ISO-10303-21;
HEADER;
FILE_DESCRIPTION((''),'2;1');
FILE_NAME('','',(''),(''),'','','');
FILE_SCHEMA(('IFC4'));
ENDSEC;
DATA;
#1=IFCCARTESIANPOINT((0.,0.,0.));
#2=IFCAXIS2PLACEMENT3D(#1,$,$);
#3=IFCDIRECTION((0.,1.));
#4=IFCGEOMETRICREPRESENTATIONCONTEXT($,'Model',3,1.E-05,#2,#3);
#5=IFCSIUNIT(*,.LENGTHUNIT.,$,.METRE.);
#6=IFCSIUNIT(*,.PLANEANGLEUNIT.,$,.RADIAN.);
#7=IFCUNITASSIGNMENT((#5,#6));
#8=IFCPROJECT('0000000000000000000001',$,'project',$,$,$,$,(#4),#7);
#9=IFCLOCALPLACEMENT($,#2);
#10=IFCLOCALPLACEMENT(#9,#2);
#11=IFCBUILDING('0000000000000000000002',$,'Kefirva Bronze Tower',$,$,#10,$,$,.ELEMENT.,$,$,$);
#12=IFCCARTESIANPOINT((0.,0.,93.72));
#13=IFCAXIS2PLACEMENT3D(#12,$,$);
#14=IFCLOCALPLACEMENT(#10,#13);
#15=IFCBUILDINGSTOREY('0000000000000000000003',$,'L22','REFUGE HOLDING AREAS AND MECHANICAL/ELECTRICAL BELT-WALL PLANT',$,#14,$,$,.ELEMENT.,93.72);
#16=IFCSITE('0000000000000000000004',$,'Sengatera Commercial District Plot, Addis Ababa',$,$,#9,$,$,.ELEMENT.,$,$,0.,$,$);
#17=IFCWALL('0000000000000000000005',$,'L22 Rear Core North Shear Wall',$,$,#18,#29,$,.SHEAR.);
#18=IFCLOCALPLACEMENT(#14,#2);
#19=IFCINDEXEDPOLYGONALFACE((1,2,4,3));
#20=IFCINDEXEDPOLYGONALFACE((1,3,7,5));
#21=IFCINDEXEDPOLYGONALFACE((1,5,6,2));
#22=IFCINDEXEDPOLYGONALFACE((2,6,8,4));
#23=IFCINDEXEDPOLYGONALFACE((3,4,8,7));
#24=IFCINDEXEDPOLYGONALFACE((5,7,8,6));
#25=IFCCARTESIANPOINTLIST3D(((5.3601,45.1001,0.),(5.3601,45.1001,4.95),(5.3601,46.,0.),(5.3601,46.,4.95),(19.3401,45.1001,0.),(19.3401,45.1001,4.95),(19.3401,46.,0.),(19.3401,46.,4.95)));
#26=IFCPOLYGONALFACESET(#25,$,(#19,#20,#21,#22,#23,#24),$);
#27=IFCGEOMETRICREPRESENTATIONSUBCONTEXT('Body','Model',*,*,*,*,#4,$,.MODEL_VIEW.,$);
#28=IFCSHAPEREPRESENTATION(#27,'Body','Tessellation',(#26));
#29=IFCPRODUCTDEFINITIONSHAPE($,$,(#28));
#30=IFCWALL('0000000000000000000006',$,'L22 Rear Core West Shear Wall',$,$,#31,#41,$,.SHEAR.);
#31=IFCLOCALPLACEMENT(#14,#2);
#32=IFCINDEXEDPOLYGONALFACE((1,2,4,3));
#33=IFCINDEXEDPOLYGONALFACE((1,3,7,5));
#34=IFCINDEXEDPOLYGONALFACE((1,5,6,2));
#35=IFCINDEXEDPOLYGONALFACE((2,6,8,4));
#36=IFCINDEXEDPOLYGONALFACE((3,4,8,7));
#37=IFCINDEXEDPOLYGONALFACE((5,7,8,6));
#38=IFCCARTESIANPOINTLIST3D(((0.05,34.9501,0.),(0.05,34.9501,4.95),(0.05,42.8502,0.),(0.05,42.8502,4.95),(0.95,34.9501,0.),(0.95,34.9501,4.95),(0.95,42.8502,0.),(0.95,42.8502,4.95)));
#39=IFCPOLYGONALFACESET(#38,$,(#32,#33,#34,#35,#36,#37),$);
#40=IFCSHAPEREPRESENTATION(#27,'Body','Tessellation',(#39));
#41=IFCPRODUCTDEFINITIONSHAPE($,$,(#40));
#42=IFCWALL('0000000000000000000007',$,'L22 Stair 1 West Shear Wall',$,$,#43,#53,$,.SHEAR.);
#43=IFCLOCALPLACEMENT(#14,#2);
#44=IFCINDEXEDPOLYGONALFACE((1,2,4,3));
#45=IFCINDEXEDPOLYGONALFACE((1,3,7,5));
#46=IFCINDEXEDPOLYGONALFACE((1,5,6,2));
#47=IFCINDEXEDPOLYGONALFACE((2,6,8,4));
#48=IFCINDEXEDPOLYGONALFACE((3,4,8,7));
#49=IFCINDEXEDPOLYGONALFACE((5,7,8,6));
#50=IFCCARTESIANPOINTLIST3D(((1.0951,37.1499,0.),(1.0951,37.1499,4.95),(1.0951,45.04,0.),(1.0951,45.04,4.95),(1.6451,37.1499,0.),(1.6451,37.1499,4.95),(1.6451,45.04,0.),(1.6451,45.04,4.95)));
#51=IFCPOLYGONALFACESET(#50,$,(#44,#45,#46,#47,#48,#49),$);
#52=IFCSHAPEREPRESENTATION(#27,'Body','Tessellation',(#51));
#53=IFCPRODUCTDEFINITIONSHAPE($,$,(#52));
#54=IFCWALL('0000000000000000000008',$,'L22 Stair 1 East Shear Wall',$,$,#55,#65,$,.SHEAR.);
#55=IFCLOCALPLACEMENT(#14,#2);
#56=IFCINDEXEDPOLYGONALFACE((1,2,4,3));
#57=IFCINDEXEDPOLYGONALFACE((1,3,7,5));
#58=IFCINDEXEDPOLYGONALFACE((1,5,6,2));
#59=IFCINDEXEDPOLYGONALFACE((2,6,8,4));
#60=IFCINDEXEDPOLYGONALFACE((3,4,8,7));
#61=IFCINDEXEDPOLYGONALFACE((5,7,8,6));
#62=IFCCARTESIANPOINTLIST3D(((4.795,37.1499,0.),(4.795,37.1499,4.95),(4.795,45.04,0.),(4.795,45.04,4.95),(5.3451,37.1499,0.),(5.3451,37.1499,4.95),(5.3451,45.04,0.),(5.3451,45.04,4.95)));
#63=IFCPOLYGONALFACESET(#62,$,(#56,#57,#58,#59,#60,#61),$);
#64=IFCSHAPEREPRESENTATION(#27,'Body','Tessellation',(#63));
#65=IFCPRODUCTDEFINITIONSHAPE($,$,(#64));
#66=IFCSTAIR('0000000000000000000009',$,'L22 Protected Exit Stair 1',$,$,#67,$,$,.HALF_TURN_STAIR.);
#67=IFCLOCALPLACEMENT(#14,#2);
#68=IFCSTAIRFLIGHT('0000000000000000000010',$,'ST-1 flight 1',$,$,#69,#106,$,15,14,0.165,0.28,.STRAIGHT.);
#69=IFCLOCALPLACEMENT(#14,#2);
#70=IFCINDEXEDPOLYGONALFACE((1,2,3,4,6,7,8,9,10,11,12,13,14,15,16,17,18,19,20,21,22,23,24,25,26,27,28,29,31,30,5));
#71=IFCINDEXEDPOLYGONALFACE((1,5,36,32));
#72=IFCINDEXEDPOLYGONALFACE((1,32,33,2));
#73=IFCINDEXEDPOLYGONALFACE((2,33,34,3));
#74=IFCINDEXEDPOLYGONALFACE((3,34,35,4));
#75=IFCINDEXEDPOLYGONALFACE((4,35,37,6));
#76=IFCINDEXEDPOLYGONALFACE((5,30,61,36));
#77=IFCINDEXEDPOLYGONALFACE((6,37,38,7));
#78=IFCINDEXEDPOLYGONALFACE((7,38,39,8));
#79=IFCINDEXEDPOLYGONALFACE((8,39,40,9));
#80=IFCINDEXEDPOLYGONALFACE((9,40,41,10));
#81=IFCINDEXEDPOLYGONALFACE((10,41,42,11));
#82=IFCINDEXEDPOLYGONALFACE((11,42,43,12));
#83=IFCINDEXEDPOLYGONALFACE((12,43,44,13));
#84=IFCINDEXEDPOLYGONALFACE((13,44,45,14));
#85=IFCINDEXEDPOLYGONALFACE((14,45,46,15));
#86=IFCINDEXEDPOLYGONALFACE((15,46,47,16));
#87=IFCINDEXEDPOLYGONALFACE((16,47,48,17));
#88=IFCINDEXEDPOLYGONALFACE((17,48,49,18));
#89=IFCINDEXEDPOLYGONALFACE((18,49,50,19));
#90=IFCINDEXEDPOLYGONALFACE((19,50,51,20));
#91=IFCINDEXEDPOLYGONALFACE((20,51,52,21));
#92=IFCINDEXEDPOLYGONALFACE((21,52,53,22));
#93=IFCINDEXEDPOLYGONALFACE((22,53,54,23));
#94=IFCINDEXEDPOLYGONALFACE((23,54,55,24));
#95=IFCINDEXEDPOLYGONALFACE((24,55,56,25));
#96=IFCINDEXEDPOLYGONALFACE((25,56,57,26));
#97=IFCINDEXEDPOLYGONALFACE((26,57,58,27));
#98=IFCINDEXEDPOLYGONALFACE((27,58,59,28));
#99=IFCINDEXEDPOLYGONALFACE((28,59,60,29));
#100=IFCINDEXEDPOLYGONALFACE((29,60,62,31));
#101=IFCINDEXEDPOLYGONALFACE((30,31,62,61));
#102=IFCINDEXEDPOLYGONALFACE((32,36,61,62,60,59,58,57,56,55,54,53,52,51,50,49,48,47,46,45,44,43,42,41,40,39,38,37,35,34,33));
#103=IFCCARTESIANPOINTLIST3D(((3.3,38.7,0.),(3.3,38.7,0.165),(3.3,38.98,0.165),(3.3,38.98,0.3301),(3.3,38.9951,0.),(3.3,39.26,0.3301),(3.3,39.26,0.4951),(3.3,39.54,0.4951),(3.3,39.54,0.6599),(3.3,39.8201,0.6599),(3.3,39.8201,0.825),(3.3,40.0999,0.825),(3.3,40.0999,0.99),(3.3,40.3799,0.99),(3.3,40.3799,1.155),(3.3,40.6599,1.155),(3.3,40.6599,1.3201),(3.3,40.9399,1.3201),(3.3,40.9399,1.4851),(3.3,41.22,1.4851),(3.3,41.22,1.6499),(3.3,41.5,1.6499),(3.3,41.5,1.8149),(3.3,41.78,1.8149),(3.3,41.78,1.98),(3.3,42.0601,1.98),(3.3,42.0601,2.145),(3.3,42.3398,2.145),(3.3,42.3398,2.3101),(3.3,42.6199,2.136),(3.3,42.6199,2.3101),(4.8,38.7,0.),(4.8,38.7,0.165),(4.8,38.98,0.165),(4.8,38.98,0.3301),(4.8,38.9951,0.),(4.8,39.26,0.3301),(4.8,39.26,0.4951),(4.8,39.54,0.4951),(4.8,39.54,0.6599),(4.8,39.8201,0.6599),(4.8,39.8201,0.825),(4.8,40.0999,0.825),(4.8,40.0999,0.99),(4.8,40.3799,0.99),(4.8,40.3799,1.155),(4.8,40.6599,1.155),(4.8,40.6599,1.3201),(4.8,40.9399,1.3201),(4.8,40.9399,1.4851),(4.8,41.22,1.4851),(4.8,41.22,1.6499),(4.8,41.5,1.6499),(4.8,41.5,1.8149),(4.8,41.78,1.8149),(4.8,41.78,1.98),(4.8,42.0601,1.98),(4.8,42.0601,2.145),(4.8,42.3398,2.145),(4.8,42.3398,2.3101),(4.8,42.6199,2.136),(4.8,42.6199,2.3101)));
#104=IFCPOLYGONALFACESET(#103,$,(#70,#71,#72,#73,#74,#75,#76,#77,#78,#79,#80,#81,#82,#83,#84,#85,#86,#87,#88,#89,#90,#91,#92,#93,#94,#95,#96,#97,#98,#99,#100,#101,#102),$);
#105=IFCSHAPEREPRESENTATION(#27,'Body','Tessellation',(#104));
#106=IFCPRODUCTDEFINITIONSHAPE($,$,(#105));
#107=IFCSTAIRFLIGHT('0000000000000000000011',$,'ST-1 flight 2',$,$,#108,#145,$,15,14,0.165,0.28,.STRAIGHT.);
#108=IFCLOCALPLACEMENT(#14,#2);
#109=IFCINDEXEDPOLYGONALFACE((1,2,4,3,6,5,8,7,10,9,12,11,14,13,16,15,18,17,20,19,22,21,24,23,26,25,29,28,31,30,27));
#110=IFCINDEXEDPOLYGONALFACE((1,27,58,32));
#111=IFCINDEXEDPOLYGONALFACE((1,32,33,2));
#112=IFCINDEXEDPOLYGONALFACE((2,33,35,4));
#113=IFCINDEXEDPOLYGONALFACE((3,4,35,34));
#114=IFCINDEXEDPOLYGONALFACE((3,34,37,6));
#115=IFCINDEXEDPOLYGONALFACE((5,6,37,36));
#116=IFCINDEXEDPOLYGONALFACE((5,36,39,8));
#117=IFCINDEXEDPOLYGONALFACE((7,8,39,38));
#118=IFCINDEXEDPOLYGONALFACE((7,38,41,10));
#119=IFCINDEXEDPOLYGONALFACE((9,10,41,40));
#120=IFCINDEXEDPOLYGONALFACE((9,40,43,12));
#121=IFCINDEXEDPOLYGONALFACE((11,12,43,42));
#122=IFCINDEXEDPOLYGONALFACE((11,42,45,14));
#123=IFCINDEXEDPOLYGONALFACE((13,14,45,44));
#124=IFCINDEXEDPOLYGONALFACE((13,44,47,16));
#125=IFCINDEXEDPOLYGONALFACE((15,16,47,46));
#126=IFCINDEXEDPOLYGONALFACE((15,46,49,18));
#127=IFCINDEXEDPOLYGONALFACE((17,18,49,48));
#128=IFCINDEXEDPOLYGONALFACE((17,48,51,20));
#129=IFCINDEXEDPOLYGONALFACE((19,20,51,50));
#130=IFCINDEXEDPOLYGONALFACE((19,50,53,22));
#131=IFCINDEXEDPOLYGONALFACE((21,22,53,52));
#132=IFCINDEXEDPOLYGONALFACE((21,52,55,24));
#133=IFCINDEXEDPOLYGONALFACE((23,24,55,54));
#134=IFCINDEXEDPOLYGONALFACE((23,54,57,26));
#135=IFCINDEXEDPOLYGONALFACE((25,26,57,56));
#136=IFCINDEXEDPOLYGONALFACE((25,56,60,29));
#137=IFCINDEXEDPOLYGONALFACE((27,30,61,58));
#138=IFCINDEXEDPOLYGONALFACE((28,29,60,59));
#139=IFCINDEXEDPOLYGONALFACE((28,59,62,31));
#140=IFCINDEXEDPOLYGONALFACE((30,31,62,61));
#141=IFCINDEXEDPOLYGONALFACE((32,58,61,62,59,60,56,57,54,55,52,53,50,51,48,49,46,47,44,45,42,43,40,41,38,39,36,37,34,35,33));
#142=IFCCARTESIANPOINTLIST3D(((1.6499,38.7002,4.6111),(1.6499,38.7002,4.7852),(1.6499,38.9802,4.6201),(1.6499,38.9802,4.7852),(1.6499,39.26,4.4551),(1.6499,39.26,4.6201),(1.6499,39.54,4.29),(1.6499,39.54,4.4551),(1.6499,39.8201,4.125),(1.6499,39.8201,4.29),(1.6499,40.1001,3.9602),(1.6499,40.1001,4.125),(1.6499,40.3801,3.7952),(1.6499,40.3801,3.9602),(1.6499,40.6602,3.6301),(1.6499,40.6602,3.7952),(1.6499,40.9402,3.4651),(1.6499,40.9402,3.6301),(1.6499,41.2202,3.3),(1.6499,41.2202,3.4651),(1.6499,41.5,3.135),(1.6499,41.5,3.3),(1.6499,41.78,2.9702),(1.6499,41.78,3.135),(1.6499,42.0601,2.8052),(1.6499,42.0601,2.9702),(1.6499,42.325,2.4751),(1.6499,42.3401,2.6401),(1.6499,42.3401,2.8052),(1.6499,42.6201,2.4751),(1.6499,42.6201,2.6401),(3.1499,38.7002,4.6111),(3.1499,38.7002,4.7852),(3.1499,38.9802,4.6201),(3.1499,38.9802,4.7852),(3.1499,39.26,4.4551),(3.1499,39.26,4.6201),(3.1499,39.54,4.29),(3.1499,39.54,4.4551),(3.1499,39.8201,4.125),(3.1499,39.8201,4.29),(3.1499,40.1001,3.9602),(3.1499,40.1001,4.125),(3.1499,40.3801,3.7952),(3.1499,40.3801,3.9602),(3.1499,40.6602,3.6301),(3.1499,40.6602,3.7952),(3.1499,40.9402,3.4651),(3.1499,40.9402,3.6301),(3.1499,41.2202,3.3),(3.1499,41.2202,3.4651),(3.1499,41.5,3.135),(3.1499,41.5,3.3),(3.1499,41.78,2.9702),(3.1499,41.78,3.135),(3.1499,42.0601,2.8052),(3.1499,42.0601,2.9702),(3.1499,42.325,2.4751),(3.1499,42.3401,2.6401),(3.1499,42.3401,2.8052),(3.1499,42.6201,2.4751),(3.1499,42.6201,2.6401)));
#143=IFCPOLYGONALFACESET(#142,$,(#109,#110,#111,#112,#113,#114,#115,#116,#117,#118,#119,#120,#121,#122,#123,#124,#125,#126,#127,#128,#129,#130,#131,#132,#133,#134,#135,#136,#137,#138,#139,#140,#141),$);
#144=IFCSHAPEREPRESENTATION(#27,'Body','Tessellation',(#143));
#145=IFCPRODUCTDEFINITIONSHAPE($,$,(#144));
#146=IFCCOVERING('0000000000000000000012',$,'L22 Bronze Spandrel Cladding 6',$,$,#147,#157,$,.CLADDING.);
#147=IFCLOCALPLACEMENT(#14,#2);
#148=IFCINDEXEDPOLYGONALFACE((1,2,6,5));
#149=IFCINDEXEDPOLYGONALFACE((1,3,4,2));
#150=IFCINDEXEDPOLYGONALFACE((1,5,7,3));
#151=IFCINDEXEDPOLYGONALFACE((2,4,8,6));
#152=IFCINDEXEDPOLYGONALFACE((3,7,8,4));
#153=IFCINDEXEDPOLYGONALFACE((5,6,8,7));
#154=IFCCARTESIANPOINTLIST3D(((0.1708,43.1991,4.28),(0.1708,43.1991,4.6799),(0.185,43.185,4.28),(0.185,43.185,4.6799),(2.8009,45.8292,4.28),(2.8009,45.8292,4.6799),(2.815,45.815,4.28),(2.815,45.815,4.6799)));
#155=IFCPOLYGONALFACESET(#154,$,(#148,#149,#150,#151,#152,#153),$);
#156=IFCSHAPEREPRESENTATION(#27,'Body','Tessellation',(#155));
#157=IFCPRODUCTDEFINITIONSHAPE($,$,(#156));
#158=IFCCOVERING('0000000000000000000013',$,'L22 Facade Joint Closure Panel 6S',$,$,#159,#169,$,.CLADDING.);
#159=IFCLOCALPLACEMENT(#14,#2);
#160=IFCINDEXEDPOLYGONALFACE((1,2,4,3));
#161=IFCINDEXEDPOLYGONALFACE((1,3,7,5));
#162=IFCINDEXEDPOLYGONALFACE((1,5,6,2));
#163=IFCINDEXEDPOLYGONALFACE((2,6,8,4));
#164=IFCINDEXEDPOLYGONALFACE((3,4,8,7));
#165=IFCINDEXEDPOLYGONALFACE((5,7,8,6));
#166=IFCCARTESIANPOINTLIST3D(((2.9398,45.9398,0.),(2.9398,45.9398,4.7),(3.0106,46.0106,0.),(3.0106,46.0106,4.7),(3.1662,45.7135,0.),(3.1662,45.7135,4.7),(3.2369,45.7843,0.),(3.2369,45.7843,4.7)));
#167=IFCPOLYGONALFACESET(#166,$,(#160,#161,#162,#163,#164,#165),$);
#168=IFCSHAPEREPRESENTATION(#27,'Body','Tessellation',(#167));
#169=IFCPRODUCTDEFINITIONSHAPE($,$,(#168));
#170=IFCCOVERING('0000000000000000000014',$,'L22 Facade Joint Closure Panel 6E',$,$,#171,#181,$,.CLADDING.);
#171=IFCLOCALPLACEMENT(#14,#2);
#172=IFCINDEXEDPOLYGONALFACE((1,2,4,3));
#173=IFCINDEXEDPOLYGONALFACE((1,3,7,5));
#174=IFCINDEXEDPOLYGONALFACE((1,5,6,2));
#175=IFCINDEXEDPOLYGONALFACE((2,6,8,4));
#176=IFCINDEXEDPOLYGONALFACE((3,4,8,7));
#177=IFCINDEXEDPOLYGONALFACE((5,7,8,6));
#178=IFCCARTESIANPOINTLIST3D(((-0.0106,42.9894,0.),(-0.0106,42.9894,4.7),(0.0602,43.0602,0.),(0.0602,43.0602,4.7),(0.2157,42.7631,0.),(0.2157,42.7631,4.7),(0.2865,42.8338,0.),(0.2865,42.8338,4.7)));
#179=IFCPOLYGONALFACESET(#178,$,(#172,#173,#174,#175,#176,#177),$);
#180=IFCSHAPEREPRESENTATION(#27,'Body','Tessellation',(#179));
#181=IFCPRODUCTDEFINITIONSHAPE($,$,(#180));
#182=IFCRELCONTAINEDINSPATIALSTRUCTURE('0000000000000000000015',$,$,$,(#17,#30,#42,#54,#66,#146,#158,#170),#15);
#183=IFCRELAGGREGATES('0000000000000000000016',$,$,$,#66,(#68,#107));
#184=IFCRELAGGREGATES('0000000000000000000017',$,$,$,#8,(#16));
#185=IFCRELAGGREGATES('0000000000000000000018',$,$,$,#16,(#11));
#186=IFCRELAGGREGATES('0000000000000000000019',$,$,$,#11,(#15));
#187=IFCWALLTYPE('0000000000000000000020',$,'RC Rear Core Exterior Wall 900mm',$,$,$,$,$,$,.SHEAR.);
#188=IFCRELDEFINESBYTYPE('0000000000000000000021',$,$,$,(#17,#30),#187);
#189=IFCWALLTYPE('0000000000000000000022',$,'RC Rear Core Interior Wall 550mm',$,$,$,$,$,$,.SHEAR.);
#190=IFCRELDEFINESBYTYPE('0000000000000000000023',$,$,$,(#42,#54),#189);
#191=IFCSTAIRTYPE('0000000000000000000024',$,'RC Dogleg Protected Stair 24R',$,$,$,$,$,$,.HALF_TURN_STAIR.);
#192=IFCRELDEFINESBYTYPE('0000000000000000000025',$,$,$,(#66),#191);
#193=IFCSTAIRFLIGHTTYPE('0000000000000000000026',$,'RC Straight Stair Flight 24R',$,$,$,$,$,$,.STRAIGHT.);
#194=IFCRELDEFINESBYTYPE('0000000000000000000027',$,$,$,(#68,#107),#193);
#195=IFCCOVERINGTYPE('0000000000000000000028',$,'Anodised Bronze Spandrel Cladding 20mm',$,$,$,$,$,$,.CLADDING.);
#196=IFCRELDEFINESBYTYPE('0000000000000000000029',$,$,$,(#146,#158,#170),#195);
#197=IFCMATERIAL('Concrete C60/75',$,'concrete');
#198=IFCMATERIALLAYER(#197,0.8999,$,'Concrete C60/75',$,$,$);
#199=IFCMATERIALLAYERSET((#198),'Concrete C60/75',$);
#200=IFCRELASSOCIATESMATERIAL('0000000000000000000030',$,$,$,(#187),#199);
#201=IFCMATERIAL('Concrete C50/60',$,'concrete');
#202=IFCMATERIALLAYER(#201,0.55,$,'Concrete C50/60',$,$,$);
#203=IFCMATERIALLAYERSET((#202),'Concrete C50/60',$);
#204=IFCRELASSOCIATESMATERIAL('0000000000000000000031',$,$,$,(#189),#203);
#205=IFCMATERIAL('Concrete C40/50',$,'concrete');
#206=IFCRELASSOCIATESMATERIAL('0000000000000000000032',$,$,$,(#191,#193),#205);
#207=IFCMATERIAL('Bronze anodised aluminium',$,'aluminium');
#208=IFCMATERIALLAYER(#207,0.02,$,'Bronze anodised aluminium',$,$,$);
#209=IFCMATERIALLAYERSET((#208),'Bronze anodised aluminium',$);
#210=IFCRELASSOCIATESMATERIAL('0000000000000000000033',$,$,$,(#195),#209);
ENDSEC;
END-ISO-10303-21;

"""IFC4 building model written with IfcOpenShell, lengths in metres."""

from ifc_helpers import new_model, si_unit, direction, frame, frame_2d, origin, origin_2d, place, context, subcontext, project, spatial, polyline, rectangle, outline, extrude, material, layer, layer_set, type_object, element, aggregate, save


model = new_model("IFC4")

# Units and contexts
model_context = context("Model", 3, precision=1e-05, world=origin(), true_north=direction((0.0, 1.0)))
body_context = subcontext(model_context, "Body", "Model", "MODEL_VIEW")
ifc_project = project(units=[si_unit("LENGTHUNIT", "METRE"), si_unit("PLANEANGLEUNIT", "RADIAN")], contexts=[model_context])

# Site, building, storey
site_placement = place(None, origin())
site = spatial("IfcSite", under=ifc_project, at=site_placement, Name="Sengatera Commercial District Plot, Addis Ababa", CompositionType="ELEMENT", RefElevation=0.0)
building_placement = place(site_placement, origin())
building = spatial("IfcBuilding", under=site, at=building_placement, Name="Kefirva Bronze Tower", CompositionType="ELEMENT")
storey_placement = place(building_placement, frame((0.0, 0.0, 93.72)))
storey = spatial("IfcBuildingStorey", under=building, at=storey_placement, Name="L22", Description="REFUGE HOLDING AREAS AND MECHANICAL/ELECTRICAL BELT-WALL PLANT", CompositionType="ELEMENT", Elevation=93.72)

# Shared definitions
ifc_material_1 = material(Name="Bronze anodised aluminium", Category="aluminium")

# Shared definitions
ifc_material_2 = material(Name="Concrete C50/60", Category="concrete")

# Walls
ifc_material_3 = material(Name="Concrete C60/75", Category="concrete")
ifc_layer_1 = layer(ifc_material_3, 0.8999, Name="Concrete C60/75")
ifc_layer_set_1 = layer_set([ifc_layer_1], Name="Concrete C60/75")
wall_type_1 = type_object("IfcWallType", Name="RC Rear Core Exterior Wall 900mm", PredefinedType="SHEAR", material=ifc_layer_set_1)
wall_1_placement = place(storey_placement, frame((5.3601, 45.55, 0.0), z_axis=(0.0, 0.0, 1.0), x_axis=(1.0, 0.0, 0.0)))
element("IfcWall", 1, at=wall_1_placement, inside=storey, type_object=wall_type_1, Name="L22 Rear Core North Shear Wall", PredefinedType="SHEAR", context=body_context, shape_type="SweptSolid", body=[
    extrude(rectangle(XDim=13.98, YDim=0.8999, at=frame_2d((6.99, 0.0))), origin(), (0.0, 0.0, 1.0), 4.95),
])
wall_2_placement = place(storey_placement, frame((0.5, 34.95, 0.0), z_axis=(0.0, 0.0, 1.0), x_axis=(0.0, 1.0, 0.0)))
element("IfcWall", 2, at=wall_2_placement, inside=storey, type_object=wall_type_1, Name="L22 Rear Core West Shear Wall", PredefinedType="SHEAR", context=body_context, shape_type="SweptSolid", body=[
    extrude(rectangle(XDim=7.9001, YDim=0.8999, at=frame_2d((3.9502, 0.0))), origin(), (0.0, 0.0, 1.0), 4.95),
])
ifc_layer_2 = layer(ifc_material_2, 0.55, Name="Concrete C50/60")
ifc_layer_set_2 = layer_set([ifc_layer_2], Name="Concrete C50/60")
wall_type_2 = type_object("IfcWallType", Name="RC Rear Core Interior Wall 550mm", PredefinedType="SHEAR", material=ifc_layer_set_2)
for number, where, z_axis, x_axis, name in (
    (3, (1.3701, 37.1499, 0.0), (0.0, 0.0, 1.0), (0.0, 1.0, 0.0), "L22 Stair 1 West Shear Wall"),
    (4, (5.0701, 37.1499, 0.0), (0.0, 0.0, 1.0), (0.0, 1.0, 0.0), "L22 Stair 1 East Shear Wall"),
):
    element("IfcWall", number, at=place(storey_placement, frame(where, z_axis=z_axis, x_axis=x_axis)), inside=storey, type_object=wall_type_2, Name=name, PredefinedType="SHEAR", context=body_context, shape_type="SweptSolid", body=[
        extrude(rectangle(XDim=7.8901, YDim=0.55, at=frame_2d((3.9451, 0.0))), origin(), (0.0, 0.0, 1.0), 4.95),
    ])

# Stair, stair flights
ifc_material_4 = material(Name="Concrete C40/50", Category="concrete")
stair_type = type_object("IfcStairType", Name="RC Dogleg Protected Stair 24R", PredefinedType="HALF_TURN_STAIR", material=ifc_material_4)
stair_placement = place(storey_placement, origin())
stair = element("IfcStair", 5, at=stair_placement, inside=storey, type_object=stair_type, Name="L22 Protected Exit Stair 1", PredefinedType="HALF_TURN_STAIR")
stair_flight_type = type_object("IfcStairFlightType", Name="RC Straight Stair Flight 24R", PredefinedType="STRAIGHT", material=ifc_material_4)
stair_flight_1_placement = place(storey_placement, frame((4.05, 38.7, 0.0), z_axis=(0.0, 0.0, 1.0), x_axis=(0.0, 1.0, 0.0)))
stair_flight_1 = element("IfcStairFlight", 6, at=stair_flight_1_placement, type_object=stair_flight_type, Name="ST-1 flight 1", NumberOfRisers=15, NumberOfTreads=14, PredefinedType="STRAIGHT", RiserHeight=0.165, TreadLength=0.28, context=body_context, shape_type="SweptSolid", body=[
    extrude(outline(polyline([(0.0, 0.0), (0.0, 0.165), (0.28, 0.165), (0.28, 0.3301), (0.5601, 0.3301), (0.5601, 0.4951), (0.8401, 0.4951), (0.8401, 0.6599), (1.1201, 0.6599), (1.1201, 0.825), (1.3999, 0.825), (1.3999, 0.99), (1.6799, 0.99), (1.6799, 1.155), (1.96, 1.155), (1.96, 1.3201), (2.24, 1.3201), (2.24, 1.4851), (2.52, 1.4851), (2.52, 1.6499), (2.8, 1.6499), (2.8, 1.8149), (3.0801, 1.8149), (3.0801, 1.98), (3.3601, 1.98), (3.3601, 2.145), (3.6399, 2.145), (3.6399, 2.3101), (3.9199, 2.3101), (3.9199, 2.4751), (3.9199, 2.136), (0.2952, 0.0), (0.0, 0.0)])), frame((0.0, 0.75, 0.0), z_axis=(0.0, -1.0, 0.0), x_axis=(1.0, 0.0, 0.0)), (0.0, 0.0, 1.0), 1.5),
])
stair_flight_2_placement = place(storey_placement, frame((2.3999, 42.6201, 2.4751), z_axis=(0.0, 0.0, 1.0), x_axis=(0.0, -1.0, 0.0)))
stair_flight_2 = element("IfcStairFlight", 7, at=stair_flight_2_placement, type_object=stair_flight_type, Name="ST-1 flight 2", NumberOfRisers=15, NumberOfTreads=14, PredefinedType="STRAIGHT", RiserHeight=0.165, TreadLength=0.28, context=body_context, shape_type="SweptSolid", body=[
    extrude(outline(polyline([(0.0, 0.0), (0.0, 0.165), (0.28, 0.165), (0.28, 0.3301), (0.5601, 0.3301), (0.5601, 0.4951), (0.8401, 0.4951), (0.8401, 0.6599), (1.1201, 0.6599), (1.1201, 0.825), (1.3999, 0.825), (1.3999, 0.99), (1.6799, 0.99), (1.6799, 1.155), (1.96, 1.155), (1.96, 1.3201), (2.24, 1.3201), (2.24, 1.4851), (2.52, 1.4851), (2.52, 1.6499), (2.8, 1.6499), (2.8, 1.8149), (3.0801, 1.8149), (3.0801, 1.98), (3.3601, 1.98), (3.3601, 2.145), (3.6399, 2.145), (3.6399, 2.3101), (3.9199, 2.3101), (3.9199, 2.4751), (3.9199, 2.136), (0.2952, 0.0), (0.0, 0.0)])), frame((0.0, 0.75, 0.0), z_axis=(0.0, -1.0, 0.0), x_axis=(1.0, 0.0, 0.0)), (0.0, 0.0, 1.0), 1.5),
])
aggregate(stair, [stair_flight_1, stair_flight_2])

# Coverings
ifc_layer_3 = layer(ifc_material_1, 0.02, Name="Bronze anodised aluminium")
ifc_layer_set_3 = layer_set([ifc_layer_3], Name="Bronze anodised aluminium")
covering_type_1 = type_object("IfcCoveringType", Name="Anodised Bronze Spandrel Cladding 20mm", PredefinedType="CLADDING", material=ifc_layer_set_3)
covering_1_placement = place(storey_placement, frame((1.4929, 44.5071, 4.28), z_axis=(0.0, 0.0, 1.0), x_axis=(-0.707107, -0.707107, 0.0)))
element("IfcCovering", 8, at=covering_1_placement, inside=storey, type_object=covering_type_1, Name="L22 Bronze Spandrel Cladding 6", PredefinedType="CLADDING", context=body_context, shape_type="SweptSolid", body=[
    extrude(rectangle(XDim=3.7195, YDim=0.02, at=origin_2d()), origin(), (0.0, 0.0, 1.0), 0.3999),
])
for number, where, z_axis, x_axis, name in (
    (9, (3.0884, 45.8621, 0.0), (0.0, 0.0, 1.0), (-0.707107, -0.707107, 0.0), "L22 Facade Joint Closure Panel 6S"),
    (10, (0.1379, 42.9116, 0.0), (0.0, 0.0, 1.0), (-0.707107, -0.707107, 0.0), "L22 Facade Joint Closure Panel 6E"),
):
    element("IfcCovering", number, at=place(storey_placement, frame(where, z_axis=z_axis, x_axis=x_axis)), inside=storey, type_object=covering_type_1, Name=name, PredefinedType="CLADDING", context=body_context, shape_type="SweptSolid", body=[
        extrude(rectangle(XDim=0.1001, YDim=0.3201, at=origin_2d()), origin(), (0.0, 0.0, 1.0), 4.7),
    ])

save(model, "model.ifc")
